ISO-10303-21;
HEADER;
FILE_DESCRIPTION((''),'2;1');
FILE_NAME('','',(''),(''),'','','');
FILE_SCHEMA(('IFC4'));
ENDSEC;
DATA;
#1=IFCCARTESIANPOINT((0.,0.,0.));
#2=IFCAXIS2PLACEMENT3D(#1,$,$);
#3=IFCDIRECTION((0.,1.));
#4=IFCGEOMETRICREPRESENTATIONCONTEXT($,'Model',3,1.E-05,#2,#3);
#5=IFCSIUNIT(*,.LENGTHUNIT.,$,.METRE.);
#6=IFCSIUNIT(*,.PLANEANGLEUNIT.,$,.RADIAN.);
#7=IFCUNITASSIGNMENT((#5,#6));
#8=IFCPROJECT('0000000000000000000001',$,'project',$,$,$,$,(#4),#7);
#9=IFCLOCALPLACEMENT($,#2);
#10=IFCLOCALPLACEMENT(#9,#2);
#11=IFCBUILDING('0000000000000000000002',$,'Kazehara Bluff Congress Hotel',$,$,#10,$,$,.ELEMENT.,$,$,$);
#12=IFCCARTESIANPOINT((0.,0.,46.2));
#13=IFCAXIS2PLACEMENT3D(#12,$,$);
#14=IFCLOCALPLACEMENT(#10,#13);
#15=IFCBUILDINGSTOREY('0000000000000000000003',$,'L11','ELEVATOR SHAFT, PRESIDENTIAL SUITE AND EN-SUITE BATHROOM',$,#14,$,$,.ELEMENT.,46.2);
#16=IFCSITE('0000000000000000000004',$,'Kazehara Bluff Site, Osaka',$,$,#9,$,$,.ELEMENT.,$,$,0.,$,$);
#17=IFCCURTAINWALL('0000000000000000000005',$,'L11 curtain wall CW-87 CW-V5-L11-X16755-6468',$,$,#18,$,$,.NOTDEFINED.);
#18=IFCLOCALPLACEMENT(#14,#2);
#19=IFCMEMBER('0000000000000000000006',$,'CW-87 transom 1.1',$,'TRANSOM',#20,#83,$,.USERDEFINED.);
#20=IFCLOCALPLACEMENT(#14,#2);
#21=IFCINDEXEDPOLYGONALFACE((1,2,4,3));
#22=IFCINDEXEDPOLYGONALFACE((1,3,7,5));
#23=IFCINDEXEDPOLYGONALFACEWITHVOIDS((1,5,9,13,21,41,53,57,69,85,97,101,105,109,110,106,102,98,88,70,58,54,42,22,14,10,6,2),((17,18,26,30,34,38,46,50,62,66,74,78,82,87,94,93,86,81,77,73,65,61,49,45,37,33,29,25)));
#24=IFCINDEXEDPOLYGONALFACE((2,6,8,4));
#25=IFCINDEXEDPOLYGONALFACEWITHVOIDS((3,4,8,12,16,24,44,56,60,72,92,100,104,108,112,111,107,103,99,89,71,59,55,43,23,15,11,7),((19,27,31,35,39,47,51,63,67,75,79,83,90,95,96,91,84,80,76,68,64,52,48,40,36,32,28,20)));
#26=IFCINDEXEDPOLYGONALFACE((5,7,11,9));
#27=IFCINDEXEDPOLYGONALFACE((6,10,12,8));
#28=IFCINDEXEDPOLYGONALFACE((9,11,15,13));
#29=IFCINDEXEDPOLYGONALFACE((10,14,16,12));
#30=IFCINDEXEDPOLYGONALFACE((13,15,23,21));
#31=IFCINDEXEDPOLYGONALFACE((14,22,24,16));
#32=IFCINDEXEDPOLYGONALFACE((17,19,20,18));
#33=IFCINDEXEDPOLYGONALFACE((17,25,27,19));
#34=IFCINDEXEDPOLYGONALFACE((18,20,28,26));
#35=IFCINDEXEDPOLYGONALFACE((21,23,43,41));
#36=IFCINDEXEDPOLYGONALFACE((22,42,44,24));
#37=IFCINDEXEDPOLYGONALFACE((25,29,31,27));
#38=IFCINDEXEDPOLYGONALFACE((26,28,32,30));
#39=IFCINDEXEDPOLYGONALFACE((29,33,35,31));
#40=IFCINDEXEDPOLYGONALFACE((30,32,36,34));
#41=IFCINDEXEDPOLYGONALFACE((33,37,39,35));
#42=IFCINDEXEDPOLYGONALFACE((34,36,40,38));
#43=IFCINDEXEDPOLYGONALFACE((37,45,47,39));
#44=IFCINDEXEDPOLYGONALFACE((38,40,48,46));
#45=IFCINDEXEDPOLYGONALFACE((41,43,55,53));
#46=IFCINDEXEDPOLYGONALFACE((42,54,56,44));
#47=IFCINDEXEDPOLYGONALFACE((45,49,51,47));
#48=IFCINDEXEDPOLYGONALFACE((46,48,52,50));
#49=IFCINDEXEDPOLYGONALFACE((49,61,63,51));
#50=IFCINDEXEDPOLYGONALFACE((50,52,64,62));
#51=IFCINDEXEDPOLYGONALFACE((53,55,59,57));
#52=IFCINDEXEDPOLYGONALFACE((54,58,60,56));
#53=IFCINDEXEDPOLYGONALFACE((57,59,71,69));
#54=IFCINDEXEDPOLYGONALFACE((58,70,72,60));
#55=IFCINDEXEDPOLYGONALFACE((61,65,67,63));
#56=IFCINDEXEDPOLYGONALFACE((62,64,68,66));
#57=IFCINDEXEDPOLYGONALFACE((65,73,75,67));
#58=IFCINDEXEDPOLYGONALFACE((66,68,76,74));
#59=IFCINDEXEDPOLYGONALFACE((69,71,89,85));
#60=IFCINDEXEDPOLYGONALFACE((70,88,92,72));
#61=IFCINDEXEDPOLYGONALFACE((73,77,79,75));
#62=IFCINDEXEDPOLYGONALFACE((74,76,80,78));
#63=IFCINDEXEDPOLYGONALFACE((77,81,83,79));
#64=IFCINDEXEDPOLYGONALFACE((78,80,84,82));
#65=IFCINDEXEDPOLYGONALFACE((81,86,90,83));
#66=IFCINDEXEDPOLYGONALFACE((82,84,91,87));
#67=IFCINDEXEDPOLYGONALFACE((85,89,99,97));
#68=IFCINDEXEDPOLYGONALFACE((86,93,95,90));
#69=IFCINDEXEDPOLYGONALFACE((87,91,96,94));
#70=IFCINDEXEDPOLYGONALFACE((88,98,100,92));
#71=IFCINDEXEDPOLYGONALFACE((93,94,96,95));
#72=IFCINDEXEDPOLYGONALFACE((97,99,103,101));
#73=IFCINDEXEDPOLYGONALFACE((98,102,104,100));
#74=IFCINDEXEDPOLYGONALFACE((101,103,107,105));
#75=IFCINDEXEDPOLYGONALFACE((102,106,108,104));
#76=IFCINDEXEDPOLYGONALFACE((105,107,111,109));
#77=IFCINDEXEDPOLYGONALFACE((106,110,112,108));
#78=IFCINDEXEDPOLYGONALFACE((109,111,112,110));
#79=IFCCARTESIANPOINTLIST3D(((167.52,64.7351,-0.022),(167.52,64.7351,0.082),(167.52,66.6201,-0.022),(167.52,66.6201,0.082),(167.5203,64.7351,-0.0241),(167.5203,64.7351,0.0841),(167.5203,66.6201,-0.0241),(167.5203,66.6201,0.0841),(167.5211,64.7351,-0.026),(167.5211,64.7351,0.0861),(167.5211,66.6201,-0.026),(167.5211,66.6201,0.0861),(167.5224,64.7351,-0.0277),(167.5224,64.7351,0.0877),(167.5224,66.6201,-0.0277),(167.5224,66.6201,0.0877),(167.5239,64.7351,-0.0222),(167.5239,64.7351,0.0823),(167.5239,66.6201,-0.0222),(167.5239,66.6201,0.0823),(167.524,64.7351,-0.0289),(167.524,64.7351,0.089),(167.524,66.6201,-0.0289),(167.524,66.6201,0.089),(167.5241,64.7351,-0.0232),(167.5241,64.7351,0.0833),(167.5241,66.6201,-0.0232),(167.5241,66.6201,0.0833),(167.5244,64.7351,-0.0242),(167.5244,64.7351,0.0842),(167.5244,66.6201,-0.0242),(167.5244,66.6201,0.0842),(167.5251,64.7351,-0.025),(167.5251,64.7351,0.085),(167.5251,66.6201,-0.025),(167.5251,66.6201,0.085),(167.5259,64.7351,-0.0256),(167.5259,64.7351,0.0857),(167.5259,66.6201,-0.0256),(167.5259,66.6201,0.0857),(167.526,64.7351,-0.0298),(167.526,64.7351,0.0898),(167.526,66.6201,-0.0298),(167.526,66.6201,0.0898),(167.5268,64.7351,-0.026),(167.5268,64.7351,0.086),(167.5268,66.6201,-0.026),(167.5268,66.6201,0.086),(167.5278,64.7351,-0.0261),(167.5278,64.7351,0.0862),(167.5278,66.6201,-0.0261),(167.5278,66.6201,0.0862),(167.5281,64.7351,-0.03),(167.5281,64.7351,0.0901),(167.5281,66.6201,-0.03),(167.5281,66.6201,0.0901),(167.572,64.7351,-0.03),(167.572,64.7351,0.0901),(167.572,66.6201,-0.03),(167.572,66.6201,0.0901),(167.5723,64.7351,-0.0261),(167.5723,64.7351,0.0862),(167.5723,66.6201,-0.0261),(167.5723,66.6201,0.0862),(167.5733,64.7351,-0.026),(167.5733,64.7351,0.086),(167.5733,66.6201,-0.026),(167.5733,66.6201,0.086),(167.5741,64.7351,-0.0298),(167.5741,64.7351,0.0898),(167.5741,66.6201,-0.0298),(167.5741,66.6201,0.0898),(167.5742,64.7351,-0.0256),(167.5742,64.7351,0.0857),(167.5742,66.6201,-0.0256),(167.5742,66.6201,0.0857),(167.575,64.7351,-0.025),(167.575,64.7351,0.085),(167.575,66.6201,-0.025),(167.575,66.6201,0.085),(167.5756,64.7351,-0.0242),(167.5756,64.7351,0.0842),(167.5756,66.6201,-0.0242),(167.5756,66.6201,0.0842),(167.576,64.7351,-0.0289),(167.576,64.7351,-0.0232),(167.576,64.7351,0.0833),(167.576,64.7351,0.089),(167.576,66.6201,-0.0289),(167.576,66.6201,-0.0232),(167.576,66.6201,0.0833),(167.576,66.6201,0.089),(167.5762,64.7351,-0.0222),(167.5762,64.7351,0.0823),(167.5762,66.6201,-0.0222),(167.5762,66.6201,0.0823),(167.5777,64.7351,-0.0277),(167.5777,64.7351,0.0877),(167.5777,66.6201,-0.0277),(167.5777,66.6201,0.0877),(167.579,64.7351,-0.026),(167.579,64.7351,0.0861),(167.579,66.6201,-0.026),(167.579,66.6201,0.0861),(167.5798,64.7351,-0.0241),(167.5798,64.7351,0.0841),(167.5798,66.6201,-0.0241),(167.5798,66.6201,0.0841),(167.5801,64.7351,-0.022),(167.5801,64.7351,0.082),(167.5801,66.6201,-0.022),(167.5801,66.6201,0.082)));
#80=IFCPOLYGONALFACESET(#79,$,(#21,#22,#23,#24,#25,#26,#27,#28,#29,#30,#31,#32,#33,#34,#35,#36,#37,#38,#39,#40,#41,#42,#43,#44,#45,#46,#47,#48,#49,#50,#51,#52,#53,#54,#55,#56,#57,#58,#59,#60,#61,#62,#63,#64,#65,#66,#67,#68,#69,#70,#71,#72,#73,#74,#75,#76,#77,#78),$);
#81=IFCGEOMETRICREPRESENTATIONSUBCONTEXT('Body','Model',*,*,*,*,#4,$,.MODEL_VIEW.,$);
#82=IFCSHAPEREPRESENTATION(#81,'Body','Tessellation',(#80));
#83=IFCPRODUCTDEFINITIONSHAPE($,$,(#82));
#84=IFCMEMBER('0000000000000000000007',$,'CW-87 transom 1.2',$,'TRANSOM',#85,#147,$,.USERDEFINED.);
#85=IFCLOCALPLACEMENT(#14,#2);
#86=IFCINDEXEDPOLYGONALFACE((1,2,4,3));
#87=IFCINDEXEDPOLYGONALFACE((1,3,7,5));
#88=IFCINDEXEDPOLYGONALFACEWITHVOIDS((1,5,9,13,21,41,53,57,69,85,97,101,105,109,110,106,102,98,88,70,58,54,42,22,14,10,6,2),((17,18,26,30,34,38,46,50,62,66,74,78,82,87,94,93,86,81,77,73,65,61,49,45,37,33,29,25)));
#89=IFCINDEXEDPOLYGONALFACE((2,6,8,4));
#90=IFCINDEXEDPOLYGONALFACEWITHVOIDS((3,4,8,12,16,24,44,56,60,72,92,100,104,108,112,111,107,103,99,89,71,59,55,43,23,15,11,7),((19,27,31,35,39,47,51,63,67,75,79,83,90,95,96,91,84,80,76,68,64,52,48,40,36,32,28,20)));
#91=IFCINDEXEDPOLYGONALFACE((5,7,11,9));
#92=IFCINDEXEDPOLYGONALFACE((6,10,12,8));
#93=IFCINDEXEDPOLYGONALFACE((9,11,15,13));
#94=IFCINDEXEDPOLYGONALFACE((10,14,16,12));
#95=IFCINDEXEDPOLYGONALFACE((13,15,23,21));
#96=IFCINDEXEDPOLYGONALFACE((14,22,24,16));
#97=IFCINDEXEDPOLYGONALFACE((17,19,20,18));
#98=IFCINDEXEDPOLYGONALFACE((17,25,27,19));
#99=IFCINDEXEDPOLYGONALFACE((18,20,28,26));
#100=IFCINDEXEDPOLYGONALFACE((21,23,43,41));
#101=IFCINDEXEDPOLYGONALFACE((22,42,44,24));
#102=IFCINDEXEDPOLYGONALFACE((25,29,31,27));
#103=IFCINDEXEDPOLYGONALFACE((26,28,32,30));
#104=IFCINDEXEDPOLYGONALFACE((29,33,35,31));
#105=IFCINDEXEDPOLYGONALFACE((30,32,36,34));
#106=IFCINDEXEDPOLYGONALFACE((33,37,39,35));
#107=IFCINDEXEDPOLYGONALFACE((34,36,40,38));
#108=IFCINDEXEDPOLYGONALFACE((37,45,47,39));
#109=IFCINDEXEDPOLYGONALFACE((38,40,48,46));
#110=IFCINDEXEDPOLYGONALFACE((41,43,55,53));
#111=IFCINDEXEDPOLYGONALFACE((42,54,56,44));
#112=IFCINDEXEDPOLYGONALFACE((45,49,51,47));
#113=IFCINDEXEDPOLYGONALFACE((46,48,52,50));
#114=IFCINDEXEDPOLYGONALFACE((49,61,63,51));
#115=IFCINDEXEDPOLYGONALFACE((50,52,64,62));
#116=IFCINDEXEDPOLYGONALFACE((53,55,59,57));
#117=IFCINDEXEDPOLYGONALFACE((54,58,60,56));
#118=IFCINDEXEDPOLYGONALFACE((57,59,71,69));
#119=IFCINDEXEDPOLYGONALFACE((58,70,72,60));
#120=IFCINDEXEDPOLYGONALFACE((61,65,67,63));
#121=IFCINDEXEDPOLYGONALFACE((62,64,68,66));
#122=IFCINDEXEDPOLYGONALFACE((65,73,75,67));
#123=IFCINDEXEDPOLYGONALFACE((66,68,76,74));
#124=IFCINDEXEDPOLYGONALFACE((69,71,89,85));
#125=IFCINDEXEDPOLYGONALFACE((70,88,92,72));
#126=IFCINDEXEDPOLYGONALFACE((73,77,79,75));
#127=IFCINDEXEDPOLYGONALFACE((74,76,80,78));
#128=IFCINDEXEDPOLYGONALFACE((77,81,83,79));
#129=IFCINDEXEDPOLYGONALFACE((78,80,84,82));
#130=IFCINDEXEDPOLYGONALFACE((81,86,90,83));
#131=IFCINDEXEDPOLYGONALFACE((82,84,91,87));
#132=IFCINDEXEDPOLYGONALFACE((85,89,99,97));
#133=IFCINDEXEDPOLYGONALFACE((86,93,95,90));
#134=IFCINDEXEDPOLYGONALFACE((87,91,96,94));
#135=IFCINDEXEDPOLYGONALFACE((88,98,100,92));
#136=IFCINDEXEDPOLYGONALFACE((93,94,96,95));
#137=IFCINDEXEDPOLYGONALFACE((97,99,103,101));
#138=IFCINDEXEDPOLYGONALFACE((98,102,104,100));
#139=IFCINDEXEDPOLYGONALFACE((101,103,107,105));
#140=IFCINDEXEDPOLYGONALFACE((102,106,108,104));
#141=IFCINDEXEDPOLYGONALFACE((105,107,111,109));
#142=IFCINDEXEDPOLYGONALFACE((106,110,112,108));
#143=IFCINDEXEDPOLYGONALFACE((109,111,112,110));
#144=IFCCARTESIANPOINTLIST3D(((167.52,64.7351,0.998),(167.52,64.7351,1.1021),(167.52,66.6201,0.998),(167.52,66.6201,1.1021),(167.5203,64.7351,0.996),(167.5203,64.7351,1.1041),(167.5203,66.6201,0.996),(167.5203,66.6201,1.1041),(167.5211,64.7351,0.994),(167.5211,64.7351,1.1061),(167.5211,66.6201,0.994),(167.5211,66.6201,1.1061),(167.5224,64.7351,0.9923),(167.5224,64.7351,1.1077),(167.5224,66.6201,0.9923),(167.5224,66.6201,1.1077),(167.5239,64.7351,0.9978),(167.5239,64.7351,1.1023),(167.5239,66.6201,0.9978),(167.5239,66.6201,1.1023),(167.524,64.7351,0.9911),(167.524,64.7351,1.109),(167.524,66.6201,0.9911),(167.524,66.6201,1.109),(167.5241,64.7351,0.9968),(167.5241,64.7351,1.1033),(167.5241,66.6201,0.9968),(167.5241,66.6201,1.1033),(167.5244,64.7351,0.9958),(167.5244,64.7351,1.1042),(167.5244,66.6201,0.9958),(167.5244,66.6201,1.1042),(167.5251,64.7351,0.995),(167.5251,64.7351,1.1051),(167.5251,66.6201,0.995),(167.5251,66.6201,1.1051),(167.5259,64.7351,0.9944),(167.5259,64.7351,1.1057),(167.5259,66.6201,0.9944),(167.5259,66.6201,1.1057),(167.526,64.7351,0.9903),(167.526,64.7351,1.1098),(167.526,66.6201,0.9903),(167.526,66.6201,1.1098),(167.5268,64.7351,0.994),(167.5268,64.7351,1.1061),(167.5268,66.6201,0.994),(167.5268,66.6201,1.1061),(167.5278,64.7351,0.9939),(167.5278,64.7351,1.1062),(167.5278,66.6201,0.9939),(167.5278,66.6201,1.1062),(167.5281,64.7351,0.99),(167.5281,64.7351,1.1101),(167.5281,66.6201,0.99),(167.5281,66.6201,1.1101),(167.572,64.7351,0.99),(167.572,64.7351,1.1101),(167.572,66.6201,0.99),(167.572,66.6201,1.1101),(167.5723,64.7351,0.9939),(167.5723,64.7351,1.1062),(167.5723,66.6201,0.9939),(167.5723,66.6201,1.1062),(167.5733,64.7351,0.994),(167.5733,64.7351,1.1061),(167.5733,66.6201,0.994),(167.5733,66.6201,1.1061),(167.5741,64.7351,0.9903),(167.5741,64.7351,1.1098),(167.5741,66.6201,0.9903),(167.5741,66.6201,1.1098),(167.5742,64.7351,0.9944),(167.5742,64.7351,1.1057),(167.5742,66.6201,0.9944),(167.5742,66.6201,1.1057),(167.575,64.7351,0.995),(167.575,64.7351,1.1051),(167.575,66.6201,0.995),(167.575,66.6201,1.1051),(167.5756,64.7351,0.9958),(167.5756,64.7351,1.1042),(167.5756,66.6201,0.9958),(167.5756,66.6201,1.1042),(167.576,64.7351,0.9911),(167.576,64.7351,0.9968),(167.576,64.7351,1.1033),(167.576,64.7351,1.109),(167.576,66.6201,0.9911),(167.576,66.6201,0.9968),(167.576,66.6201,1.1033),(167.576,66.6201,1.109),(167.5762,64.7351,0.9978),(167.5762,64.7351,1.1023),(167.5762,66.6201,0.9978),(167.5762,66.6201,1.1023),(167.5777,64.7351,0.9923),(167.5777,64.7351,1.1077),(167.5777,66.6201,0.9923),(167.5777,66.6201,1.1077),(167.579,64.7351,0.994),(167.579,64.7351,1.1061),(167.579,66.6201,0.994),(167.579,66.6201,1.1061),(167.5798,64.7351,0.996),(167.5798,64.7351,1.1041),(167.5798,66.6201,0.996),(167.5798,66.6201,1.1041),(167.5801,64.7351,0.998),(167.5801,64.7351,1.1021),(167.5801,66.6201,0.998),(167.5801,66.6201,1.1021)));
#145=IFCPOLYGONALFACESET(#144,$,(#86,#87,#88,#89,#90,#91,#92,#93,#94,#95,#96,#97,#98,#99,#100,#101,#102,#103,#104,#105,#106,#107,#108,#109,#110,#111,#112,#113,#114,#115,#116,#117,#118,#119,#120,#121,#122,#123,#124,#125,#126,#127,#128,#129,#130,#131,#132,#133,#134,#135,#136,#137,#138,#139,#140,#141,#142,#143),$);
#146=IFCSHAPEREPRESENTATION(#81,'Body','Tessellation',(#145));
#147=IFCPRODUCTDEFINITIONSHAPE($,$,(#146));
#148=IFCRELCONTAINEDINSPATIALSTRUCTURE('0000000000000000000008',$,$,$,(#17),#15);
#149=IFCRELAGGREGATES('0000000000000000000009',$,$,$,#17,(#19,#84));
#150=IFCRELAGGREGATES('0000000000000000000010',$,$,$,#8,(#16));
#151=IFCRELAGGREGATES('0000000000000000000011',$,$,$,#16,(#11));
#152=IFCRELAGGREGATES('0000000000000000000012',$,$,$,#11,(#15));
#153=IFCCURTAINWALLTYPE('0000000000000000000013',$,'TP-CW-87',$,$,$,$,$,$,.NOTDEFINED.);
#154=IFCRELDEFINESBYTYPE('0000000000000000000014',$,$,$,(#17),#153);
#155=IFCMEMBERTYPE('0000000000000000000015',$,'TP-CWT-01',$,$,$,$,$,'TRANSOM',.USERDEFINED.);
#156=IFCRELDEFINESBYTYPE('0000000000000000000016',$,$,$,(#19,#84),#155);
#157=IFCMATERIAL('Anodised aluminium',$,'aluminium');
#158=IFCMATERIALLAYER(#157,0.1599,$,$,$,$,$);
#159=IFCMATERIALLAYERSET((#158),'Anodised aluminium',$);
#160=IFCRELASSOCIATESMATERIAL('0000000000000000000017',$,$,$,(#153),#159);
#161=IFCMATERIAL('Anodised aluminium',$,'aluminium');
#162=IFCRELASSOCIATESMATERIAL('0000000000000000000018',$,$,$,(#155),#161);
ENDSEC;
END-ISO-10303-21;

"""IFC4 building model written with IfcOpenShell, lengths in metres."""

from ifc_helpers import new_model, si_unit, direction, frame, origin, origin_2d, place, context, subcontext, project, spatial, hollow_rectangle, extrude, material, layer, layer_set, material_profile, profile_set, type_object, element, aggregate, save


model = new_model("IFC4")

# Units and contexts
model_context = context("Model", 3, precision=1e-05, world=origin(), true_north=direction((0.0, 1.0)))
body_context = subcontext(model_context, "Body", "Model", "MODEL_VIEW")
ifc_project = project(units=[si_unit("LENGTHUNIT", "METRE"), si_unit("PLANEANGLEUNIT", "RADIAN")], contexts=[model_context])

# Site, building, storey
site_placement = place(None, origin())
site = spatial("IfcSite", under=ifc_project, at=site_placement, Name="Kazehara Bluff Site, Osaka", CompositionType="ELEMENT", RefElevation=0.0)
building_placement = place(site_placement, origin())
building = spatial("IfcBuilding", under=site, at=building_placement, Name="Kazehara Bluff Congress Hotel", CompositionType="ELEMENT")
storey_placement = place(building_placement, frame((0.0, 0.0, 46.2)))
storey = spatial("IfcBuildingStorey", under=building, at=storey_placement, Name="L11", Description="ELEVATOR SHAFT, PRESIDENTIAL SUITE AND EN-SUITE BATHROOM", CompositionType="ELEMENT", Elevation=46.2)

# Curtain wall, members
ifc_material_1 = material(Name="Anodised aluminium", Category="aluminium")
ifc_layer_1 = layer(ifc_material_1, 0.1599)
ifc_layer_set_1 = layer_set([ifc_layer_1], Name="Anodised aluminium")
curtain_wall_type = type_object("IfcCurtainWallType", Name="TP-CW-87", PredefinedType="NOTDEFINED", material=ifc_layer_set_1)
curtain_wall_placement = place(storey_placement, origin())
curtain_wall = element("IfcCurtainWall", 1, at=curtain_wall_placement, inside=storey, type_object=curtain_wall_type, Name="L11 curtain wall CW-87 CW-V5-L11-X16755-6468", PredefinedType="NOTDEFINED")
ifc_material_2 = material(Name="Anodised aluminium", Category="aluminium")
ifc_material_profile_1 = material_profile(ifc_material_2, hollow_rectangle(XDim=0.0601, YDim=0.1201, WallThickness=0.0039, InnerFilletRadius=0.0039, OuterFilletRadius=0.0081, at=origin_2d()))
ifc_profile_set_1 = profile_set([ifc_material_profile_1], Name="Anodised aluminium")
member_type_1 = type_object("IfcMemberType", Name="TP-CWT-01", ElementType="TRANSOM", PredefinedType="USERDEFINED", material=ifc_profile_set_1)
member_1_placement = place(storey_placement, frame((167.55, 64.7351, 0.03), z_axis=(0.0, 1.0, 0.0), x_axis=(-1.0, 0.0, 0.0)))
member_1 = element("IfcMember", 2, at=member_1_placement, type_object=member_type_1, Name="CW-87 transom 1.1", ObjectType="TRANSOM", PredefinedType="USERDEFINED", context=body_context, shape_type="SweptSolid", body=[
    extrude(hollow_rectangle(XDim=0.0601, YDim=0.1201, WallThickness=0.0039, InnerFilletRadius=0.0039, OuterFilletRadius=0.0081, at=origin_2d()), origin(), (0.0, 0.0, 1.0), 1.885),
])
member_2_placement = place(storey_placement, frame((167.55, 64.7351, 1.05), z_axis=(0.0, 1.0, 0.0), x_axis=(-1.0, 0.0, 0.0)))
member_2 = element("IfcMember", 3, at=member_2_placement, type_object=member_type_1, Name="CW-87 transom 1.2", ObjectType="TRANSOM", PredefinedType="USERDEFINED", context=body_context, shape_type="SweptSolid", body=[
    extrude(hollow_rectangle(XDim=0.0601, YDim=0.1201, WallThickness=0.0039, InnerFilletRadius=0.0039, OuterFilletRadius=0.0081, at=origin_2d()), origin(), (0.0, 0.0, 1.0), 1.885),
])
aggregate(curtain_wall, [member_1, member_2])

save(model, "model.ifc")
